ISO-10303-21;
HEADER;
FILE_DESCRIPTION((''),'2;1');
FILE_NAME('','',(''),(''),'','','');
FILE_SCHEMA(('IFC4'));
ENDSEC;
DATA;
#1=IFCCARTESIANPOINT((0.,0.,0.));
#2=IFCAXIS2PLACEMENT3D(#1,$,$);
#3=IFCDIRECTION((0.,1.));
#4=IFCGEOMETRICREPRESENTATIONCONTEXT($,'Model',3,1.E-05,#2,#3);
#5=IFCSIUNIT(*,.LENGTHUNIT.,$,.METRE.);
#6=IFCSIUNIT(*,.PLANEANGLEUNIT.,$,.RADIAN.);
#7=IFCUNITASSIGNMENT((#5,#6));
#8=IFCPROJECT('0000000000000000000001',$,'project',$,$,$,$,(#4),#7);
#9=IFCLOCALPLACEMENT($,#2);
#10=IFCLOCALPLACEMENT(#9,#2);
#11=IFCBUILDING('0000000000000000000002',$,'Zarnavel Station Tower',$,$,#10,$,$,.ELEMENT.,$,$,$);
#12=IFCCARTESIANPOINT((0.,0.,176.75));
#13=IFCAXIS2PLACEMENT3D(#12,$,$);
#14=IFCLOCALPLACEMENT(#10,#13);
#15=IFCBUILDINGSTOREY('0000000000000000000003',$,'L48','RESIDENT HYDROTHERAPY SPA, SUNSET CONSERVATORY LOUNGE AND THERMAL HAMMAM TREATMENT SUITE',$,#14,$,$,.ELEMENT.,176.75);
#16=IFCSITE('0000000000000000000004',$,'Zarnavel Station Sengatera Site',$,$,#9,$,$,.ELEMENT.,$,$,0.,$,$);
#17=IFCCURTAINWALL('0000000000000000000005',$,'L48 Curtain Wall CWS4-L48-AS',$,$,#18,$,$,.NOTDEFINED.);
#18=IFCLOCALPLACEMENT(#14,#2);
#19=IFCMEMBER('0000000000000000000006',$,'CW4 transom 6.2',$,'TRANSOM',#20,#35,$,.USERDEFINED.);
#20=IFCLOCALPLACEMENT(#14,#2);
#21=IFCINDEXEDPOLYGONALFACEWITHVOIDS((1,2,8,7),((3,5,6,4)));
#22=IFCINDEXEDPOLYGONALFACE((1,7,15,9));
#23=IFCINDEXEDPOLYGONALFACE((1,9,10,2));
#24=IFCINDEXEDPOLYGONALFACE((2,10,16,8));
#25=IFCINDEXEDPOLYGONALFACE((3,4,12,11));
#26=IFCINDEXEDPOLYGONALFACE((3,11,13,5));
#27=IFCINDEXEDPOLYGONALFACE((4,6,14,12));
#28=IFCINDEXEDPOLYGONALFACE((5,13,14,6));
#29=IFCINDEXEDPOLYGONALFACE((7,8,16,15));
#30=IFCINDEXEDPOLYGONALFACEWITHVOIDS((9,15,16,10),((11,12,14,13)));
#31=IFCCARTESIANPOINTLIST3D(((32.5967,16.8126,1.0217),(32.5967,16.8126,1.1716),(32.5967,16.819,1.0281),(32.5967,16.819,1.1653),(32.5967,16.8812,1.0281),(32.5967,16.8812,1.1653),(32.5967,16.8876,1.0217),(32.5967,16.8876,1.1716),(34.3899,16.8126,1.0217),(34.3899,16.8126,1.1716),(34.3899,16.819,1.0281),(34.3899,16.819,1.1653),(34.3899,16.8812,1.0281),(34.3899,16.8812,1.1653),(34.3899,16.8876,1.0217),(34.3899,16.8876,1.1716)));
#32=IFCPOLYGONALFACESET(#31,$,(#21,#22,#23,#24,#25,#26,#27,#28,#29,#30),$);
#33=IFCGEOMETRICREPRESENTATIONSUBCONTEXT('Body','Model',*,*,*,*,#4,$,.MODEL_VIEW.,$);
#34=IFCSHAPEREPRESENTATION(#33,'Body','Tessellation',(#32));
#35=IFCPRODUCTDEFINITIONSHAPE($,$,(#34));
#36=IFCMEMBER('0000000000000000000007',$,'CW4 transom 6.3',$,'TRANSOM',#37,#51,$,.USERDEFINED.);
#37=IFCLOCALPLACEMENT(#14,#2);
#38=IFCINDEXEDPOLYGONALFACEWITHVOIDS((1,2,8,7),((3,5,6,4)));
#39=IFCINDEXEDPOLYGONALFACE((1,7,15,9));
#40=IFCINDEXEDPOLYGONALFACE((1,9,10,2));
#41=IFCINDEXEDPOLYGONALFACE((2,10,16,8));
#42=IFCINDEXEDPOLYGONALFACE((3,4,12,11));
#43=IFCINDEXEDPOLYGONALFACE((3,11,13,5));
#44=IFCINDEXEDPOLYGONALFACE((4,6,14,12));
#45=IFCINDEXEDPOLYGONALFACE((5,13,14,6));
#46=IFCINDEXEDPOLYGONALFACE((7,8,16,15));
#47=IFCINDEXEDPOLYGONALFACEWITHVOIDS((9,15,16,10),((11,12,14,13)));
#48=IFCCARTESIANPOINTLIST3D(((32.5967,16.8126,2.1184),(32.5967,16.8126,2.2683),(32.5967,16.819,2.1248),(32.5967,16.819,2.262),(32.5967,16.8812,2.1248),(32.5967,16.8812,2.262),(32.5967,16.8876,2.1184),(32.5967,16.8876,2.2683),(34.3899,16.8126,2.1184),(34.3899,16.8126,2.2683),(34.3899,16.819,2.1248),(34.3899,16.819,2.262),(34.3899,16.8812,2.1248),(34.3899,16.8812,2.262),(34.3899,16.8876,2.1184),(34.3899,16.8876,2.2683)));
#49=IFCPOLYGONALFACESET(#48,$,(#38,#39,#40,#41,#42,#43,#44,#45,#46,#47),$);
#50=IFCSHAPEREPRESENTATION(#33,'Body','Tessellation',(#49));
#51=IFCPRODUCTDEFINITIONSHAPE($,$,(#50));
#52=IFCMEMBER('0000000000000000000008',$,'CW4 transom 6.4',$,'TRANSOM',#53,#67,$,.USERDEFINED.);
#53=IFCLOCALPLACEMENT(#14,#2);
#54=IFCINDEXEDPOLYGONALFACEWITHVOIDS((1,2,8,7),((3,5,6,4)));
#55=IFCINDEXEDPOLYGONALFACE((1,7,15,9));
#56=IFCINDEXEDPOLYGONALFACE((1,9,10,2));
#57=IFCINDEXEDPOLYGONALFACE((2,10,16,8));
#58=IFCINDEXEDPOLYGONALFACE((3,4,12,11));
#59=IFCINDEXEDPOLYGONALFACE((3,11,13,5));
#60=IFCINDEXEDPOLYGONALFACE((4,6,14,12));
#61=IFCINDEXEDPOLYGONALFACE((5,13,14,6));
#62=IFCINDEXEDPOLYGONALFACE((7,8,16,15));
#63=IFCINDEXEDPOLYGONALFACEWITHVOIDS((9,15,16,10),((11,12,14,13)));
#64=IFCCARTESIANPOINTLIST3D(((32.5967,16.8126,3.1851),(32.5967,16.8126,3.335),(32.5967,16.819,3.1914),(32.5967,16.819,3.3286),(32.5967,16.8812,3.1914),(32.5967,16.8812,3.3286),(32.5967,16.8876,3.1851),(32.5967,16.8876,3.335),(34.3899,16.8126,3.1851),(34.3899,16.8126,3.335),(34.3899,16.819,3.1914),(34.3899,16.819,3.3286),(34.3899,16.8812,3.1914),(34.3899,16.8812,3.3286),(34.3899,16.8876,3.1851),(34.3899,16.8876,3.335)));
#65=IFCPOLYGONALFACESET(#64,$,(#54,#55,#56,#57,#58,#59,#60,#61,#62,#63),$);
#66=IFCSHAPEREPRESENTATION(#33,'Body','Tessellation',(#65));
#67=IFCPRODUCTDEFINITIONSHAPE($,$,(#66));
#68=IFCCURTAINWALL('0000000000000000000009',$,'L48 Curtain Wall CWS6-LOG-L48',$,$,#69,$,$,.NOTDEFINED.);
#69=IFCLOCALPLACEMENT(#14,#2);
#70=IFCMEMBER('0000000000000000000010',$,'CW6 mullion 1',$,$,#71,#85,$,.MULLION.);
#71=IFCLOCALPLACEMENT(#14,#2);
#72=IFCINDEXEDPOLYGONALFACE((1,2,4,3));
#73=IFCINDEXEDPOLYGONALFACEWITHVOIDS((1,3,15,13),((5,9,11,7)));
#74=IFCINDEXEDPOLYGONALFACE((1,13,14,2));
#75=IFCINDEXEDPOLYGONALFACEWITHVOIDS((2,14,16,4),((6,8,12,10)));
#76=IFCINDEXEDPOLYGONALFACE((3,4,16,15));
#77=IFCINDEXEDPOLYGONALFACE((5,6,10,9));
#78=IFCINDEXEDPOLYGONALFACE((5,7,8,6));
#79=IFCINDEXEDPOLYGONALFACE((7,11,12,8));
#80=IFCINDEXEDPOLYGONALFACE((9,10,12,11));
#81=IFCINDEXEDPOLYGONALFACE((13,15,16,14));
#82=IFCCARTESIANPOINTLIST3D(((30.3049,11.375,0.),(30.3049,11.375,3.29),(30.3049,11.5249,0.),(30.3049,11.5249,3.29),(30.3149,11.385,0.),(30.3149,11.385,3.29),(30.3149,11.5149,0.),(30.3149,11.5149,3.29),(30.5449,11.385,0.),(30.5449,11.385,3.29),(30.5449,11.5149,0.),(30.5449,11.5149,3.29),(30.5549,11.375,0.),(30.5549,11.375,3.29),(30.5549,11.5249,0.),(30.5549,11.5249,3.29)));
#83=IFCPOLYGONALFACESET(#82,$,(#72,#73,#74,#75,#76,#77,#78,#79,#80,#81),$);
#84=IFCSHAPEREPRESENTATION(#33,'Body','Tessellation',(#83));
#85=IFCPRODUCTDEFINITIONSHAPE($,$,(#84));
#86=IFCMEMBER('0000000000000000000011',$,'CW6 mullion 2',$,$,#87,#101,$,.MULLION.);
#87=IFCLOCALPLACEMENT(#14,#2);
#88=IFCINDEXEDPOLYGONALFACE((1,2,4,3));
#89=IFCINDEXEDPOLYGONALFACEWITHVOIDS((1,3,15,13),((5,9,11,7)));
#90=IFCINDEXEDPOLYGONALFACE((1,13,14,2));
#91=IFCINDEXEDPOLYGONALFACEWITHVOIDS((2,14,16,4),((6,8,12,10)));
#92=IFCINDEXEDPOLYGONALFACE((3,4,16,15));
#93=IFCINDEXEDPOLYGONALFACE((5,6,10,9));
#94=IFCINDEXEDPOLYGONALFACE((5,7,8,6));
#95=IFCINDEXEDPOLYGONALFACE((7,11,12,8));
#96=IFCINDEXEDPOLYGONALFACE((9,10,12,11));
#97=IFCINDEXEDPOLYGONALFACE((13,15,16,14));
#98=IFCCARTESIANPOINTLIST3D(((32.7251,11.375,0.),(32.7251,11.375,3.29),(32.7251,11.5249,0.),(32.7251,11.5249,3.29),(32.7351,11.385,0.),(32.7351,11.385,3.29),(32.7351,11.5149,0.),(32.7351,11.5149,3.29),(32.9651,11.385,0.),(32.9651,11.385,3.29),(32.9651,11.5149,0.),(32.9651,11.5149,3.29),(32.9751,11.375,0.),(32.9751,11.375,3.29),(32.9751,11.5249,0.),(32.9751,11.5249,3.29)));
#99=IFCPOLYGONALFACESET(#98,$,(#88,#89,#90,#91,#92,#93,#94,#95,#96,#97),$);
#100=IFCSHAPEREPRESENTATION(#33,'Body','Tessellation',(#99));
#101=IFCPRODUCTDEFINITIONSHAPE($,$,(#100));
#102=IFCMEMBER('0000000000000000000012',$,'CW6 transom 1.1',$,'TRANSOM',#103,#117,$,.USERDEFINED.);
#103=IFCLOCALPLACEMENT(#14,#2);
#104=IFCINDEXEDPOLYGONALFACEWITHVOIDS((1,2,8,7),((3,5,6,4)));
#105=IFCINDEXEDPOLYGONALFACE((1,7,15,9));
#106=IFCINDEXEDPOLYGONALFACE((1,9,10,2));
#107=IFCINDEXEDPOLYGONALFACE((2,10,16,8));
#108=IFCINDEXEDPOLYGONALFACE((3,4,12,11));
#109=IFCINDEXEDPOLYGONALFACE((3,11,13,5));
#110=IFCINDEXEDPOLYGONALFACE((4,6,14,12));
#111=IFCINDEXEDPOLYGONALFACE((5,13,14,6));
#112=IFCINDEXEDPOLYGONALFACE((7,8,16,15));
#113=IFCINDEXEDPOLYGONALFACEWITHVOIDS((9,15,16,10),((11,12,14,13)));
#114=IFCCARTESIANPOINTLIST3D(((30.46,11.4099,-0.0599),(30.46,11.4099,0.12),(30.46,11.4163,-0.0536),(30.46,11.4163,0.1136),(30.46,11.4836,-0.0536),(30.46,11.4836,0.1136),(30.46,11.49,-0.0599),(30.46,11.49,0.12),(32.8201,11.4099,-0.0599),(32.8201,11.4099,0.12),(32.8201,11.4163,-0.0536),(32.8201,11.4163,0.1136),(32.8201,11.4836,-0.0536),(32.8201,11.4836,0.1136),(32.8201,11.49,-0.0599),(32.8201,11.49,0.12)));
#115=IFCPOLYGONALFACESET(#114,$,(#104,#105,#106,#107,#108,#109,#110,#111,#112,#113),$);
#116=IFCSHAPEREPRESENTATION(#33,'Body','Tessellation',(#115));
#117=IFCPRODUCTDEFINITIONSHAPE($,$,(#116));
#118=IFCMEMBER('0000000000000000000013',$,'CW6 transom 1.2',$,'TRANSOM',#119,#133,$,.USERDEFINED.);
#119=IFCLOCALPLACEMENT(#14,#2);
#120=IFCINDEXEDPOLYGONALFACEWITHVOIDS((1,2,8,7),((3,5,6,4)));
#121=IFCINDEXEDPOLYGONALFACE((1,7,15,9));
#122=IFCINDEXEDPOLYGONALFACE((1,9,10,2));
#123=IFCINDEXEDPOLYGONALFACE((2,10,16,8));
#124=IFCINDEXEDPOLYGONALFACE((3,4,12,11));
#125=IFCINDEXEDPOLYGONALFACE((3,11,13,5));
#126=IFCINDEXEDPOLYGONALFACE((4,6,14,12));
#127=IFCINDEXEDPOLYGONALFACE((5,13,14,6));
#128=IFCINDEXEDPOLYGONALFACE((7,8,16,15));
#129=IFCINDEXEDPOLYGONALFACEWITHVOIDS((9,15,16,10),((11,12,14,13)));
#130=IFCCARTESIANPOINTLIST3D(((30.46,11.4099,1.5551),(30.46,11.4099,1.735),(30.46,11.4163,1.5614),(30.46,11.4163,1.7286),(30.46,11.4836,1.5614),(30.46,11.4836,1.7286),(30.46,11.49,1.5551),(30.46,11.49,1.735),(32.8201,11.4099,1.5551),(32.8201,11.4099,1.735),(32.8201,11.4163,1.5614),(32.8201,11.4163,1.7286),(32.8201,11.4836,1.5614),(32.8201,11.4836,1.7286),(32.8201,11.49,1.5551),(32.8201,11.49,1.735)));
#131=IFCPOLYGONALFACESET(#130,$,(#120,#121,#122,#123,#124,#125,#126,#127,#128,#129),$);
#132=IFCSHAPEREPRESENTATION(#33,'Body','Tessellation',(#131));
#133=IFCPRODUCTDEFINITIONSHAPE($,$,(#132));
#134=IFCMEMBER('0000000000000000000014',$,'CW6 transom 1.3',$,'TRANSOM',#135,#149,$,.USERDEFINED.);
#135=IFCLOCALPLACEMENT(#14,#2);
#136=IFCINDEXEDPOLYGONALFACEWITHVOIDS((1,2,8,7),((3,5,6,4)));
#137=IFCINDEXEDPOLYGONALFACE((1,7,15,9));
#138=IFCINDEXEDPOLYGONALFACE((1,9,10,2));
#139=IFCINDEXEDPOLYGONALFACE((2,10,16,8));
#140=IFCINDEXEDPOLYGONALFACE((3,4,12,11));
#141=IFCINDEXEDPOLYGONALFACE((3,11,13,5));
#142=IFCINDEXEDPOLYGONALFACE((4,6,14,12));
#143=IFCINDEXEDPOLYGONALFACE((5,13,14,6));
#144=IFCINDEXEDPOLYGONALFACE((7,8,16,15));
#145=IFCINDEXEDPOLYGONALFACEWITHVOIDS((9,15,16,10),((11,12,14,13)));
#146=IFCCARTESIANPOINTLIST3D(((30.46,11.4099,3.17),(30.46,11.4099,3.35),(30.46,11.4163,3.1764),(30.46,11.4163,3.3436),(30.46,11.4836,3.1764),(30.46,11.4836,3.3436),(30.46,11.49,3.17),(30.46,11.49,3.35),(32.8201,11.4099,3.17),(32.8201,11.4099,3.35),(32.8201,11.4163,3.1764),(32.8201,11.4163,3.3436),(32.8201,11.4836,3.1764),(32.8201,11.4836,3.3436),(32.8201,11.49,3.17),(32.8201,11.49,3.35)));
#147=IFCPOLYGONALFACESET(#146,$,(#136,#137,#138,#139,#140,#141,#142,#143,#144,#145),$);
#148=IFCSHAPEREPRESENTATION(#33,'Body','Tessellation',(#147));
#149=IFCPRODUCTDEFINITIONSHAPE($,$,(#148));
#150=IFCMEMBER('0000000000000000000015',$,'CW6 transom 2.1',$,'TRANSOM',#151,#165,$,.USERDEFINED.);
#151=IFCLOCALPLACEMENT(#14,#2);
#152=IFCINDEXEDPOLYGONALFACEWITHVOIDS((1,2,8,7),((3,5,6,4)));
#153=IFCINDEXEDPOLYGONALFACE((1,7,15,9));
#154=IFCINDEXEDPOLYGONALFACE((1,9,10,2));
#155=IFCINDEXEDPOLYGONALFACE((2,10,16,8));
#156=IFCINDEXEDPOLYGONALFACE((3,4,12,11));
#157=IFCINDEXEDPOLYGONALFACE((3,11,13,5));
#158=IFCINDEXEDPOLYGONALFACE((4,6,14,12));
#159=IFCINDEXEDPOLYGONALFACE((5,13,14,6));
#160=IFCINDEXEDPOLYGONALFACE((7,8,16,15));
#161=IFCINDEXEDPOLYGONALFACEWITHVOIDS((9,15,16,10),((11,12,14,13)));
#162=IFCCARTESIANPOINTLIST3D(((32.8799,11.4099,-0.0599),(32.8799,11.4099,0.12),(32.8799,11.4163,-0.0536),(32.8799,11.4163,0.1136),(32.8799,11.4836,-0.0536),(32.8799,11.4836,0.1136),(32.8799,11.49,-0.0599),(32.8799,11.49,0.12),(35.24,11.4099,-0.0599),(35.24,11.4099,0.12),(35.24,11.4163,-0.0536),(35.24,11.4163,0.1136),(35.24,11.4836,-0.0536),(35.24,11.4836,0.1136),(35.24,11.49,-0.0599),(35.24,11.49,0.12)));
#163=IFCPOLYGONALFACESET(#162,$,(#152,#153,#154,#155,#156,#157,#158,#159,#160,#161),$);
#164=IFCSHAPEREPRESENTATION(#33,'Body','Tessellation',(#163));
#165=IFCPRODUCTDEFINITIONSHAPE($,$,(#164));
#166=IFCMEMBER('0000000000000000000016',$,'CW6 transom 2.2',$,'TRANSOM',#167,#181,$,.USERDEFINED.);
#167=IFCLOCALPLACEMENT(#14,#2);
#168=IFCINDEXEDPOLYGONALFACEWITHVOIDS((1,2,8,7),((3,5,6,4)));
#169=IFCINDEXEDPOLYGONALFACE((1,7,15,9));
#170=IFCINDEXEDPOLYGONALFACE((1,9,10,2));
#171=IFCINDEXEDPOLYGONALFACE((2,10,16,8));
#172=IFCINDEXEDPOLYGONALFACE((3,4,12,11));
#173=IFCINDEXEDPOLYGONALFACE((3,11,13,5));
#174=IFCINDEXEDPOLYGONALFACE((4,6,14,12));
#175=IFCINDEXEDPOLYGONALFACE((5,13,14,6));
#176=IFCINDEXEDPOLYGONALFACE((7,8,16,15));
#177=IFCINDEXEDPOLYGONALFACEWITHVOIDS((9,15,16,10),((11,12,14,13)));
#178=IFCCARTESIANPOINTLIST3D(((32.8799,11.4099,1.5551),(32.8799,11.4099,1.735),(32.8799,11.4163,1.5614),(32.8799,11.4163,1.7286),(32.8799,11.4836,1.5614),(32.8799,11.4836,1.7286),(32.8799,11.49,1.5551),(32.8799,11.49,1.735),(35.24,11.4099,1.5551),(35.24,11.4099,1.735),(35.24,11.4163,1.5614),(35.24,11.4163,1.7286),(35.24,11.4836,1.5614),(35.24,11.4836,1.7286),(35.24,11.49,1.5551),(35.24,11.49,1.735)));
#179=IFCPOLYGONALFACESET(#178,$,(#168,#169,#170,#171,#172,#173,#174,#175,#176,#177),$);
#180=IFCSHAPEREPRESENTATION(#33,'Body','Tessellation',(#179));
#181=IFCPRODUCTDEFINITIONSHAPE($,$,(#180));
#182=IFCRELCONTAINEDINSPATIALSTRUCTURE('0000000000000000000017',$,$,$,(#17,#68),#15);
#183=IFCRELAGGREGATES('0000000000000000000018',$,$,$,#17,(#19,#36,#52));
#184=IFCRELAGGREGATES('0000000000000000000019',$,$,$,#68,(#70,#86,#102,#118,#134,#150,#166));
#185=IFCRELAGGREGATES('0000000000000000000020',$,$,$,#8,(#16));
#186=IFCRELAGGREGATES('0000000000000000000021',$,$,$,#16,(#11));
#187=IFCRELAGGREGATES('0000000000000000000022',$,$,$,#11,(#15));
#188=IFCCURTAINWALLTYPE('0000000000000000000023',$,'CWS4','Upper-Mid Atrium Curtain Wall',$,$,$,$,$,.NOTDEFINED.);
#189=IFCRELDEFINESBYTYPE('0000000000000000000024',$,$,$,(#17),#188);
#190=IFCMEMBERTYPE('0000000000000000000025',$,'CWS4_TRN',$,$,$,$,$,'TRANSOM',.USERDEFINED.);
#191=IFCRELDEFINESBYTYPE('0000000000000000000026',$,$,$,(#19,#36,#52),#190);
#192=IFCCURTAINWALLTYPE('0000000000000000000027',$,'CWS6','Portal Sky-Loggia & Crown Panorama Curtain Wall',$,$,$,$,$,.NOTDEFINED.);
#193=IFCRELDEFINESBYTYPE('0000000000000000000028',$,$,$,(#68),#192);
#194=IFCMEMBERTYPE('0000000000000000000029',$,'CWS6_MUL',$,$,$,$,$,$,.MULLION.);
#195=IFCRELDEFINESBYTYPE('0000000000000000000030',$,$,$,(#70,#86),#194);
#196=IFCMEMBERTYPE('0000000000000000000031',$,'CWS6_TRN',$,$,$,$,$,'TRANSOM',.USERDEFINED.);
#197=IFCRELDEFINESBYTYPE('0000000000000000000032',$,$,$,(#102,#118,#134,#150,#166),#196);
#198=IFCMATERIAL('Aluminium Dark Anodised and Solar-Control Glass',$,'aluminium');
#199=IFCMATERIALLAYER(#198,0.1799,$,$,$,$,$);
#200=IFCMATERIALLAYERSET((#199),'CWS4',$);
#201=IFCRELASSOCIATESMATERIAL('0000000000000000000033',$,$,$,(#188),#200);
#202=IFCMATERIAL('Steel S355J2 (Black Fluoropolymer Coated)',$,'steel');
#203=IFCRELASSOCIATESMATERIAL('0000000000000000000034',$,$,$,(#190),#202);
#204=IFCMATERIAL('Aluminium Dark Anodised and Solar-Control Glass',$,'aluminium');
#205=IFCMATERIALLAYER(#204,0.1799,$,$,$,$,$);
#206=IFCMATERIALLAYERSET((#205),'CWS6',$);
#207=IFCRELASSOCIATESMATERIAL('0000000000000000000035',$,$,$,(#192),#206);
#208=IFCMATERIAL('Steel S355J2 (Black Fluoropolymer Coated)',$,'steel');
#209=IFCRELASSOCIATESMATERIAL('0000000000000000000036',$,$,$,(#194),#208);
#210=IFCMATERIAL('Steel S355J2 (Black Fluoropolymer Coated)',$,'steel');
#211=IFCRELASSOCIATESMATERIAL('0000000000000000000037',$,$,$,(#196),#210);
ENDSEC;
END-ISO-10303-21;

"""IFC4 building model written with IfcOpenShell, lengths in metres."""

from ifc_helpers import new_model, si_unit, direction, frame, origin, origin_2d, place, context, subcontext, project, spatial, hollow_rectangle, extrude, material, layer, layer_set, material_profile, profile_set, type_object, element, aggregate, save


model = new_model("IFC4")

# Units and contexts
model_context = context("Model", 3, precision=1e-05, world=origin(), true_north=direction((0.0, 1.0)))
body_context = subcontext(model_context, "Body", "Model", "MODEL_VIEW")
ifc_project = project(units=[si_unit("LENGTHUNIT", "METRE"), si_unit("PLANEANGLEUNIT", "RADIAN")], contexts=[model_context])

# Site, building, storey
site_placement = place(None, origin())
site = spatial("IfcSite", under=ifc_project, at=site_placement, Name="Zarnavel Station Sengatera Site", CompositionType="ELEMENT", RefElevation=0.0)
building_placement = place(site_placement, origin())
building = spatial("IfcBuilding", under=site, at=building_placement, Name="Zarnavel Station Tower", CompositionType="ELEMENT")
storey_placement = place(building_placement, frame((0.0, 0.0, 176.75)))
storey = spatial("IfcBuildingStorey", under=building, at=storey_placement, Name="L48", Description="RESIDENT HYDROTHERAPY SPA, SUNSET CONSERVATORY LOUNGE AND THERMAL HAMMAM TREATMENT SUITE", CompositionType="ELEMENT", Elevation=176.75)

# Curtain walls, members
ifc_material_1 = material(Name="Aluminium Dark Anodised and Solar-Control Glass", Category="aluminium")
ifc_layer_1 = layer(ifc_material_1, 0.1799)
ifc_layer_set_1 = layer_set([ifc_layer_1], Name="CWS4")
curtain_wall_type_1 = type_object("IfcCurtainWallType", Name="CWS4", Description="Upper-Mid Atrium Curtain Wall", PredefinedType="NOTDEFINED", material=ifc_layer_set_1)
curtain_wall_1_placement = place(storey_placement, origin())
curtain_wall_1 = element("IfcCurtainWall", 1, at=curtain_wall_1_placement, inside=storey, type_object=curtain_wall_type_1, Name="L48 Curtain Wall CWS4-L48-AS", PredefinedType="NOTDEFINED")
ifc_material_2 = material(Name="Steel S355J2 (Black Fluoropolymer Coated)", Category="steel")
ifc_material_profile_1 = material_profile(ifc_material_2, hollow_rectangle(XDim=0.075, YDim=0.1499, WallThickness=0.0063, at=origin_2d()), Name="RHS150x75x6.3")
ifc_profile_set_1 = profile_set([ifc_material_profile_1], Name="Steel S355J2 (Black Fluoropolymer Coated)")
member_type_1 = type_object("IfcMemberType", Name="CWS4_TRN", ElementType="TRANSOM", PredefinedType="USERDEFINED", material=ifc_profile_set_1)
member_1_placement = place(storey_placement, frame((32.5967, 16.8501, 1.0967), z_axis=(1.0, 0.0, 0.0), x_axis=(0.0, 1.0, 0.0)))
member_1 = element("IfcMember", 2, at=member_1_placement, type_object=member_type_1, Name="CW4 transom 6.2", ObjectType="TRANSOM", PredefinedType="USERDEFINED", context=body_context, shape_type="SweptSolid", body=[
    extrude(hollow_rectangle(XDim=0.075, YDim=0.1499, WallThickness=0.0063, at=origin_2d()), origin(), (0.0, 0.0, 1.0), 1.7932),
])
member_2_placement = place(storey_placement, frame((32.5967, 16.8501, 2.1934), z_axis=(1.0, 0.0, 0.0), x_axis=(0.0, 1.0, 0.0)))
member_2 = element("IfcMember", 3, at=member_2_placement, type_object=member_type_1, Name="CW4 transom 6.3", ObjectType="TRANSOM", PredefinedType="USERDEFINED", context=body_context, shape_type="SweptSolid", body=[
    extrude(hollow_rectangle(XDim=0.075, YDim=0.1499, WallThickness=0.0063, at=origin_2d()), origin(), (0.0, 0.0, 1.0), 1.7932),
])
member_3_placement = place(storey_placement, frame((32.5967, 16.8501, 3.26), z_axis=(1.0, 0.0, 0.0), x_axis=(0.0, 1.0, 0.0)))
member_3 = element("IfcMember", 4, at=member_3_placement, type_object=member_type_1, Name="CW4 transom 6.4", ObjectType="TRANSOM", PredefinedType="USERDEFINED", context=body_context, shape_type="SweptSolid", body=[
    extrude(hollow_rectangle(XDim=0.075, YDim=0.1499, WallThickness=0.0063, at=origin_2d()), origin(), (0.0, 0.0, 1.0), 1.7932),
])
ifc_material_3 = material(Name="Aluminium Dark Anodised and Solar-Control Glass", Category="aluminium")
ifc_layer_2 = layer(ifc_material_3, 0.1799)
ifc_layer_set_2 = layer_set([ifc_layer_2], Name="CWS6")
curtain_wall_type_2 = type_object("IfcCurtainWallType", Name="CWS6", Description="Portal Sky-Loggia & Crown Panorama Curtain Wall", PredefinedType="NOTDEFINED", material=ifc_layer_set_2)
curtain_wall_2_placement = place(storey_placement, origin())
curtain_wall_2 = element("IfcCurtainWall", 5, at=curtain_wall_2_placement, inside=storey, type_object=curtain_wall_type_2, Name="L48 Curtain Wall CWS6-LOG-L48", PredefinedType="NOTDEFINED")
ifc_material_4 = material(Name="Steel S355J2 (Black Fluoropolymer Coated)", Category="steel")
ifc_material_profile_2 = material_profile(ifc_material_4, hollow_rectangle(XDim=0.1499, YDim=0.25, WallThickness=0.01, at=origin_2d()), Name="RHS250x150x10")
ifc_profile_set_2 = profile_set([ifc_material_profile_2], Name="Steel S355J2 (Black Fluoropolymer Coated)")
member_type_2 = type_object("IfcMemberType", Name="CWS6_MUL", PredefinedType="MULLION", material=ifc_profile_set_2)
member_4_placement = place(storey_placement, frame((30.4299, 11.45, 0.0), z_axis=(0.0, 0.0, 1.0), x_axis=(0.0, 1.0, 0.0)))
member_4 = element("IfcMember", 6, at=member_4_placement, type_object=member_type_2, Name="CW6 mullion 1", PredefinedType="MULLION", context=body_context, shape_type="SweptSolid", body=[
    extrude(hollow_rectangle(XDim=0.1499, YDim=0.25, WallThickness=0.01, at=origin_2d()), origin(), (0.0, 0.0, 1.0), 3.29),
])
member_5_placement = place(storey_placement, frame((32.8501, 11.45, 0.0), z_axis=(0.0, 0.0, 1.0), x_axis=(0.0, 1.0, 0.0)))
member_5 = element("IfcMember", 7, at=member_5_placement, type_object=member_type_2, Name="CW6 mullion 2", PredefinedType="MULLION", context=body_context, shape_type="SweptSolid", body=[
    extrude(hollow_rectangle(XDim=0.1499, YDim=0.25, WallThickness=0.01, at=origin_2d()), origin(), (0.0, 0.0, 1.0), 3.29),
])
ifc_material_5 = material(Name="Steel S355J2 (Black Fluoropolymer Coated)", Category="steel")
ifc_material_profile_3 = material_profile(ifc_material_5, hollow_rectangle(XDim=0.0801, YDim=0.1799, WallThickness=0.0063, at=origin_2d()), Name="RHS180x80x6.3")
ifc_profile_set_3 = profile_set([ifc_material_profile_3], Name="Steel S355J2 (Black Fluoropolymer Coated)")
member_type_3 = type_object("IfcMemberType", Name="CWS6_TRN", ElementType="TRANSOM", PredefinedType="USERDEFINED", material=ifc_profile_set_3)
member_6_placement = place(storey_placement, frame((30.46, 11.45, 0.03), z_axis=(1.0, 0.0, 0.0), x_axis=(0.0, 1.0, 0.0)))
member_6 = element("IfcMember", 8, at=member_6_placement, type_object=member_type_3, Name="CW6 transom 1.1", ObjectType="TRANSOM", PredefinedType="USERDEFINED", context=body_context, shape_type="SweptSolid", body=[
    extrude(hollow_rectangle(XDim=0.0801, YDim=0.1799, WallThickness=0.0063, at=origin_2d()), origin(), (0.0, 0.0, 1.0), 2.3601),
])
member_7_placement = place(storey_placement, frame((30.46, 11.45, 1.645), z_axis=(1.0, 0.0, 0.0), x_axis=(0.0, 1.0, 0.0)))
member_7 = element("IfcMember", 9, at=member_7_placement, type_object=member_type_3, Name="CW6 transom 1.2", ObjectType="TRANSOM", PredefinedType="USERDEFINED", context=body_context, shape_type="SweptSolid", body=[
    extrude(hollow_rectangle(XDim=0.0801, YDim=0.1799, WallThickness=0.0063, at=origin_2d()), origin(), (0.0, 0.0, 1.0), 2.3601),
])
member_8_placement = place(storey_placement, frame((30.46, 11.45, 3.26), z_axis=(1.0, 0.0, 0.0), x_axis=(0.0, 1.0, 0.0)))
member_8 = element("IfcMember", 10, at=member_8_placement, type_object=member_type_3, Name="CW6 transom 1.3", ObjectType="TRANSOM", PredefinedType="USERDEFINED", context=body_context, shape_type="SweptSolid", body=[
    extrude(hollow_rectangle(XDim=0.0801, YDim=0.1799, WallThickness=0.0063, at=origin_2d()), origin(), (0.0, 0.0, 1.0), 2.3601),
])
member_9_placement = place(storey_placement, frame((32.8799, 11.45, 0.03), z_axis=(1.0, 0.0, 0.0), x_axis=(0.0, 1.0, 0.0)))
member_9 = element("IfcMember", 11, at=member_9_placement, type_object=member_type_3, Name="CW6 transom 2.1", ObjectType="TRANSOM", PredefinedType="USERDEFINED", context=body_context, shape_type="SweptSolid", body=[
    extrude(hollow_rectangle(XDim=0.0801, YDim=0.1799, WallThickness=0.0063, at=origin_2d()), origin(), (0.0, 0.0, 1.0), 2.3601),
])
member_10_placement = place(storey_placement, frame((32.8799, 11.45, 1.645), z_axis=(1.0, 0.0, 0.0), x_axis=(0.0, 1.0, 0.0)))
member_10 = element("IfcMember", 12, at=member_10_placement, type_object=member_type_3, Name="CW6 transom 2.2", ObjectType="TRANSOM", PredefinedType="USERDEFINED", context=body_context, shape_type="SweptSolid", body=[
    extrude(hollow_rectangle(XDim=0.0801, YDim=0.1799, WallThickness=0.0063, at=origin_2d()), origin(), (0.0, 0.0, 1.0), 2.3601),
])

aggregate(curtain_wall_1, [member_1, member_2, member_3])
aggregate(curtain_wall_2, [member_4, member_5, member_6, member_7, member_8, member_9, member_10])

save(model, "model.ifc")
